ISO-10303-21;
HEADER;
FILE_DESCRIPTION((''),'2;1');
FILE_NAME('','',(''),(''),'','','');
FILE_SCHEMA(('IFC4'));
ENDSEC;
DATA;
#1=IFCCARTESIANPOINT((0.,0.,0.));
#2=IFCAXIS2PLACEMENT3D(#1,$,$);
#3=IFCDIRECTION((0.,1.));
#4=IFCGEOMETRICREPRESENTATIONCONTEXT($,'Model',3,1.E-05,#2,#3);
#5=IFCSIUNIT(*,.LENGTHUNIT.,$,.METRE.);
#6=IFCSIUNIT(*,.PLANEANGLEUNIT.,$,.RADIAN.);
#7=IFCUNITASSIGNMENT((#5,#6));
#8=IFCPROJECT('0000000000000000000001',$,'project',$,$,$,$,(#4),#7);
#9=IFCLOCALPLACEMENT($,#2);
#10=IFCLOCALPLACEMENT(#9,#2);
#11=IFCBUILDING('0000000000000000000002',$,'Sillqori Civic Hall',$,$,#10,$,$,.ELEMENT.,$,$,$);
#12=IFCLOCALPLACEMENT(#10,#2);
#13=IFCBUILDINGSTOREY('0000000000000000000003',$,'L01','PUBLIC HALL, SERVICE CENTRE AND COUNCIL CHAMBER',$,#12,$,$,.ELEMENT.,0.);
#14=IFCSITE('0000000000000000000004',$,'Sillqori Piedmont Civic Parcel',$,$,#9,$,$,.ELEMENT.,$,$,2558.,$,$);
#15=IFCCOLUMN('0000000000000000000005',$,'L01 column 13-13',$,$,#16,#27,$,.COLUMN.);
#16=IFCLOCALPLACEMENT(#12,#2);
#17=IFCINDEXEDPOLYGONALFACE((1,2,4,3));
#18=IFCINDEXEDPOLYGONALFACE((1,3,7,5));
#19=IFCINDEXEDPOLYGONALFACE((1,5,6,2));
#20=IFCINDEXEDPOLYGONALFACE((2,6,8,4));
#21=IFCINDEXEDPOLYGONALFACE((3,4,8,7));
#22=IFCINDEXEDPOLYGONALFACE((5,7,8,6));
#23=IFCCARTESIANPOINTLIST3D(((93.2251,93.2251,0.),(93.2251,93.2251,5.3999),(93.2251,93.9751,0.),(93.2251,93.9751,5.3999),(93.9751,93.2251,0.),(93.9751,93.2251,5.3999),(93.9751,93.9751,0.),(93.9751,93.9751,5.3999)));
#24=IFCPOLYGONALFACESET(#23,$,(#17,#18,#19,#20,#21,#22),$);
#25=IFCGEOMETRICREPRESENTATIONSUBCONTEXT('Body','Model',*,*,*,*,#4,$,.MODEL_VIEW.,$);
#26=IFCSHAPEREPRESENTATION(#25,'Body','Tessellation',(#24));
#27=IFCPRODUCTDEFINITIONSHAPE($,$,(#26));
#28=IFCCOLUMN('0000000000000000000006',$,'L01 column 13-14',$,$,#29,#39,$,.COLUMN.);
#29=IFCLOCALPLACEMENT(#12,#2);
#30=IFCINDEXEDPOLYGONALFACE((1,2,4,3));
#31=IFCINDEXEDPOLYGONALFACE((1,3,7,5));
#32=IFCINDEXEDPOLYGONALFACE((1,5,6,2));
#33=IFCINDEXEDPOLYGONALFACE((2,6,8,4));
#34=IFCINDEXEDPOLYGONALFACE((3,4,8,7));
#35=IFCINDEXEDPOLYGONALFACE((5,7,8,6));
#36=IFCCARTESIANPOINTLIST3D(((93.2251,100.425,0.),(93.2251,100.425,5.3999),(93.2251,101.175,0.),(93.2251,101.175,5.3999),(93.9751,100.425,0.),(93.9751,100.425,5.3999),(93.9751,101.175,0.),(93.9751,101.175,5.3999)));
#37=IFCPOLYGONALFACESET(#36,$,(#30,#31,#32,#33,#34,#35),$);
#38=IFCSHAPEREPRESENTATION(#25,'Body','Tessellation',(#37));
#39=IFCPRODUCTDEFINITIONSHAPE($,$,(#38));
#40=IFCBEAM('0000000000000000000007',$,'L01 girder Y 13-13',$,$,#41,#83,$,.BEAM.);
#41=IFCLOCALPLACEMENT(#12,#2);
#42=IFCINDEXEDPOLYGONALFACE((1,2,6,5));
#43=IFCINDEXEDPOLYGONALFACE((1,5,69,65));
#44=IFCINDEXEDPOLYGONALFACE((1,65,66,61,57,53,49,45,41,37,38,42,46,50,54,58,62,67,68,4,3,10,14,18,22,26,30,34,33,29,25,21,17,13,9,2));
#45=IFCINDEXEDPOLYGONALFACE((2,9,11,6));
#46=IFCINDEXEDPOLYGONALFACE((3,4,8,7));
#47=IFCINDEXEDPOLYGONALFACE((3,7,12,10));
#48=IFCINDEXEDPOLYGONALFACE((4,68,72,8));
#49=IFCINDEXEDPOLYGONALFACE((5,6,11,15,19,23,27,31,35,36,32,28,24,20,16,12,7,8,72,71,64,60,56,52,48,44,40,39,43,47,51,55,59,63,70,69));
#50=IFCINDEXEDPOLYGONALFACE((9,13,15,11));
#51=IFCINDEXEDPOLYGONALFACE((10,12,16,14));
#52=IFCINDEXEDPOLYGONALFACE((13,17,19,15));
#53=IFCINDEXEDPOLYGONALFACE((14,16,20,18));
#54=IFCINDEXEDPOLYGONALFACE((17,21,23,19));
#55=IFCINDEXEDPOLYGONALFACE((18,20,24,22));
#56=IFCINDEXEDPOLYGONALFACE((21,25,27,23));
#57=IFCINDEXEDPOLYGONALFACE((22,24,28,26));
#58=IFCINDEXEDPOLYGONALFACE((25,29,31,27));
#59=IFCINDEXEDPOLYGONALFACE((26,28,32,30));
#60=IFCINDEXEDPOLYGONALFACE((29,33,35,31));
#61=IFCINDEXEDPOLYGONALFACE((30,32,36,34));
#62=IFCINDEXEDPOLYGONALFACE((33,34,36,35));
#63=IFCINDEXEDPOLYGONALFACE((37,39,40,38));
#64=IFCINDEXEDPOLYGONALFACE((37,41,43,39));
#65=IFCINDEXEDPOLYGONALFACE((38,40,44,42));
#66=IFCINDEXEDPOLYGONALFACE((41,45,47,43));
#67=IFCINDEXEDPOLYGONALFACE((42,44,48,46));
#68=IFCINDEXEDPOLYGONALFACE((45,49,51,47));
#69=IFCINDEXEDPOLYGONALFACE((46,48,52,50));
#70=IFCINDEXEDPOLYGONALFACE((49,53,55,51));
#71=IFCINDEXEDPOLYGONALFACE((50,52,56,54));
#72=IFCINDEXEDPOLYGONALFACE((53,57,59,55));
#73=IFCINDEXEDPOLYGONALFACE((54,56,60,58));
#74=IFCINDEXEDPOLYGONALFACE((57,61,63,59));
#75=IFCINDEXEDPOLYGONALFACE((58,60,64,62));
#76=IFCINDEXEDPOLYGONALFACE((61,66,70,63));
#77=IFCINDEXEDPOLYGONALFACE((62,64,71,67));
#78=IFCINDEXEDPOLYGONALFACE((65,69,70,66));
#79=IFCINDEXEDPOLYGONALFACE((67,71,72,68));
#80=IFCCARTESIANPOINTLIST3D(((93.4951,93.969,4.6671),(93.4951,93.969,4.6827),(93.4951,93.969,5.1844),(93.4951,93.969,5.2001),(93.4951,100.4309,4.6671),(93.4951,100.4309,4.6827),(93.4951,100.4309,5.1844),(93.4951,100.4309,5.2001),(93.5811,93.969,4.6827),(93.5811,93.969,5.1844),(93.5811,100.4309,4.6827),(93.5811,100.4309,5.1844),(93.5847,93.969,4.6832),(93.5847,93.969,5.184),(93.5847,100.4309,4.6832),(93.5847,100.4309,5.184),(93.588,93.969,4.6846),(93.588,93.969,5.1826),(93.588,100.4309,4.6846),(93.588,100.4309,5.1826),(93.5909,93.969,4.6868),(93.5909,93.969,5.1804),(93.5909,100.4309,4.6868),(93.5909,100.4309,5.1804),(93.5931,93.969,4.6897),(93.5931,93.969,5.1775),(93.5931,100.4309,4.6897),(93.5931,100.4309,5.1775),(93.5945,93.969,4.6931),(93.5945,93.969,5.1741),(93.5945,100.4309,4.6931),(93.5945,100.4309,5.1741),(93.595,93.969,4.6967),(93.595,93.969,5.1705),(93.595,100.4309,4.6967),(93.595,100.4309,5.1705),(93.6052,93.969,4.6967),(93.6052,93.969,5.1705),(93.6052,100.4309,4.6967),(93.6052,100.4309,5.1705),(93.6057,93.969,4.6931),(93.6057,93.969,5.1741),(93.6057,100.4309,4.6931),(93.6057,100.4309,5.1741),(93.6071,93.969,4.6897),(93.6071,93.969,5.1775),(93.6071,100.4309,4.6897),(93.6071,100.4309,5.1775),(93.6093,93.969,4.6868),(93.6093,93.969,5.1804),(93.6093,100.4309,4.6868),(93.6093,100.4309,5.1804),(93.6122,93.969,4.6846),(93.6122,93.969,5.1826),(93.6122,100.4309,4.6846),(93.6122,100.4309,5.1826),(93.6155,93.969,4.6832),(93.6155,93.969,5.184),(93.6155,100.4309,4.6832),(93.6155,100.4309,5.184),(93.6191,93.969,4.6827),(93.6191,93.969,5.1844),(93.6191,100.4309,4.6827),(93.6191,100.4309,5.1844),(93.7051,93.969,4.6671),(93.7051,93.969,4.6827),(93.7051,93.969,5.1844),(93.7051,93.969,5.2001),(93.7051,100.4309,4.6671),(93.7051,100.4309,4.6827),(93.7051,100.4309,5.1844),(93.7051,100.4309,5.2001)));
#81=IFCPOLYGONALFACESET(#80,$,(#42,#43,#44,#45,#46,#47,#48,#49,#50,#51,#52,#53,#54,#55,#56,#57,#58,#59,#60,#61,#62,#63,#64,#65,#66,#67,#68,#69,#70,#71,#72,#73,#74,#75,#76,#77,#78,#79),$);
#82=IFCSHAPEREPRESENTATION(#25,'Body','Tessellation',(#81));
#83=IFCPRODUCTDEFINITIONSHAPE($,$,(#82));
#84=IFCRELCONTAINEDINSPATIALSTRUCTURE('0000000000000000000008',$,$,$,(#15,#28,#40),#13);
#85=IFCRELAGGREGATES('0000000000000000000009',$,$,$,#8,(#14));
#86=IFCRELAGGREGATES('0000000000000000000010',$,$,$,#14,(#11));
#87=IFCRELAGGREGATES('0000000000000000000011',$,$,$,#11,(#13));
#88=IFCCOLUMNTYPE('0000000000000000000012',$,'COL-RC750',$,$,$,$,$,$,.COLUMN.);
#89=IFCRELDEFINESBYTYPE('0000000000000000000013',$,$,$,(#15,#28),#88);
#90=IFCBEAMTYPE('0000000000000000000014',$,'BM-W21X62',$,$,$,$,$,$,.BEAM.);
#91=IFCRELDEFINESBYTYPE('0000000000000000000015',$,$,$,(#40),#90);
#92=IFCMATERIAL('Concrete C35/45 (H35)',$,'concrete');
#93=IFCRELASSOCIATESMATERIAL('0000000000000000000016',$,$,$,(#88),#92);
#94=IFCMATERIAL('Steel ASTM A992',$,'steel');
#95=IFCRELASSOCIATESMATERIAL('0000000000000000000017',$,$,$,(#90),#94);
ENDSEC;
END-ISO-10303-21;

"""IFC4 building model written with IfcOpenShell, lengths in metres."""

from ifc_helpers import new_model, si_unit, direction, frame, origin, origin_2d, place, context, subcontext, project, spatial, rectangle, i_section, extrude, material, material_profile, profile_set, type_object, element, save


model = new_model("IFC4")

# Units and contexts
model_context = context("Model", 3, precision=1e-05, world=origin(), true_north=direction((0.0, 1.0)))
body_context = subcontext(model_context, "Body", "Model", "MODEL_VIEW")
ifc_project = project(units=[si_unit("LENGTHUNIT", "METRE"), si_unit("PLANEANGLEUNIT", "RADIAN")], contexts=[model_context])

# Site, building, storey
site_placement = place(None, origin())
site = spatial("IfcSite", under=ifc_project, at=site_placement, Name="Sillqori Piedmont Civic Parcel", CompositionType="ELEMENT", RefElevation=2558.0)
building_placement = place(site_placement, origin())
building = spatial("IfcBuilding", under=site, at=building_placement, Name="Sillqori Civic Hall", CompositionType="ELEMENT")
storey_placement = place(building_placement, origin())
storey = spatial("IfcBuildingStorey", under=building, at=storey_placement, Name="L01", Description="PUBLIC HALL, SERVICE CENTRE AND COUNCIL CHAMBER", CompositionType="ELEMENT", Elevation=0.0)

# Columns
ifc_material_1 = material(Name="Concrete C35/45 (H35)", Category="concrete")
ifc_material_profile_1 = material_profile(ifc_material_1, rectangle(XDim=0.75, YDim=0.75, at=origin_2d()), Name="RC 750x750")
ifc_profile_set_1 = profile_set([ifc_material_profile_1], Name="Concrete C35/45 (H35)")
column_type = type_object("IfcColumnType", Name="COL-RC750", PredefinedType="COLUMN", material=ifc_profile_set_1)
for number, where, z_axis, x_axis, name in (
    (1, (93.6001, 93.6001, 0.0), (0.0, 0.0, 1.0), (1.0, 0.0, 0.0), "L01 column 13-13"),
    (2, (93.6001, 100.8, 0.0), (0.0, 0.0, 1.0), (1.0, 0.0, 0.0), "L01 column 13-14"),
):
    element("IfcColumn", number, at=place(storey_placement, frame(where, z_axis=z_axis, x_axis=x_axis)), inside=storey, type_object=column_type, Name=name, PredefinedType="COLUMN", context=body_context, shape_type="SweptSolid", body=[
        extrude(rectangle(XDim=0.75, YDim=0.75, at=origin_2d()), origin(), (0.0, 0.0, 1.0), 5.3999),
    ])

# Beam
ifc_material_2 = material(Name="Steel ASTM A992", Category="steel")
ifc_material_profile_2 = material_profile(ifc_material_2, i_section(OverallWidth=0.21, OverallDepth=0.533, WebThickness=0.0103, FlangeThickness=0.0156, FilletRadius=0.0139, at=origin_2d()), Name="W21X62")
ifc_profile_set_2 = profile_set([ifc_material_profile_2], Name="Steel ASTM A992")
beam_type = type_object("IfcBeamType", Name="BM-W21X62", PredefinedType="BEAM", material=ifc_profile_set_2)
beam_placement = place(storey_placement, frame((93.6001, 93.969, 4.9336), z_axis=(0.0, 1.0, 0.0), x_axis=(-1.0, 0.0, 0.0)))
element("IfcBeam", 3, at=beam_placement, inside=storey, type_object=beam_type, Name="L01 girder Y 13-13", PredefinedType="BEAM", context=body_context, shape_type="SweptSolid", body=[
    extrude(i_section(OverallWidth=0.21, OverallDepth=0.533, WebThickness=0.0103, FlangeThickness=0.0156, FilletRadius=0.0139, at=origin_2d()), origin(), (0.0, 0.0, 1.0), 6.4619),
])

save(model, "model.ifc")
